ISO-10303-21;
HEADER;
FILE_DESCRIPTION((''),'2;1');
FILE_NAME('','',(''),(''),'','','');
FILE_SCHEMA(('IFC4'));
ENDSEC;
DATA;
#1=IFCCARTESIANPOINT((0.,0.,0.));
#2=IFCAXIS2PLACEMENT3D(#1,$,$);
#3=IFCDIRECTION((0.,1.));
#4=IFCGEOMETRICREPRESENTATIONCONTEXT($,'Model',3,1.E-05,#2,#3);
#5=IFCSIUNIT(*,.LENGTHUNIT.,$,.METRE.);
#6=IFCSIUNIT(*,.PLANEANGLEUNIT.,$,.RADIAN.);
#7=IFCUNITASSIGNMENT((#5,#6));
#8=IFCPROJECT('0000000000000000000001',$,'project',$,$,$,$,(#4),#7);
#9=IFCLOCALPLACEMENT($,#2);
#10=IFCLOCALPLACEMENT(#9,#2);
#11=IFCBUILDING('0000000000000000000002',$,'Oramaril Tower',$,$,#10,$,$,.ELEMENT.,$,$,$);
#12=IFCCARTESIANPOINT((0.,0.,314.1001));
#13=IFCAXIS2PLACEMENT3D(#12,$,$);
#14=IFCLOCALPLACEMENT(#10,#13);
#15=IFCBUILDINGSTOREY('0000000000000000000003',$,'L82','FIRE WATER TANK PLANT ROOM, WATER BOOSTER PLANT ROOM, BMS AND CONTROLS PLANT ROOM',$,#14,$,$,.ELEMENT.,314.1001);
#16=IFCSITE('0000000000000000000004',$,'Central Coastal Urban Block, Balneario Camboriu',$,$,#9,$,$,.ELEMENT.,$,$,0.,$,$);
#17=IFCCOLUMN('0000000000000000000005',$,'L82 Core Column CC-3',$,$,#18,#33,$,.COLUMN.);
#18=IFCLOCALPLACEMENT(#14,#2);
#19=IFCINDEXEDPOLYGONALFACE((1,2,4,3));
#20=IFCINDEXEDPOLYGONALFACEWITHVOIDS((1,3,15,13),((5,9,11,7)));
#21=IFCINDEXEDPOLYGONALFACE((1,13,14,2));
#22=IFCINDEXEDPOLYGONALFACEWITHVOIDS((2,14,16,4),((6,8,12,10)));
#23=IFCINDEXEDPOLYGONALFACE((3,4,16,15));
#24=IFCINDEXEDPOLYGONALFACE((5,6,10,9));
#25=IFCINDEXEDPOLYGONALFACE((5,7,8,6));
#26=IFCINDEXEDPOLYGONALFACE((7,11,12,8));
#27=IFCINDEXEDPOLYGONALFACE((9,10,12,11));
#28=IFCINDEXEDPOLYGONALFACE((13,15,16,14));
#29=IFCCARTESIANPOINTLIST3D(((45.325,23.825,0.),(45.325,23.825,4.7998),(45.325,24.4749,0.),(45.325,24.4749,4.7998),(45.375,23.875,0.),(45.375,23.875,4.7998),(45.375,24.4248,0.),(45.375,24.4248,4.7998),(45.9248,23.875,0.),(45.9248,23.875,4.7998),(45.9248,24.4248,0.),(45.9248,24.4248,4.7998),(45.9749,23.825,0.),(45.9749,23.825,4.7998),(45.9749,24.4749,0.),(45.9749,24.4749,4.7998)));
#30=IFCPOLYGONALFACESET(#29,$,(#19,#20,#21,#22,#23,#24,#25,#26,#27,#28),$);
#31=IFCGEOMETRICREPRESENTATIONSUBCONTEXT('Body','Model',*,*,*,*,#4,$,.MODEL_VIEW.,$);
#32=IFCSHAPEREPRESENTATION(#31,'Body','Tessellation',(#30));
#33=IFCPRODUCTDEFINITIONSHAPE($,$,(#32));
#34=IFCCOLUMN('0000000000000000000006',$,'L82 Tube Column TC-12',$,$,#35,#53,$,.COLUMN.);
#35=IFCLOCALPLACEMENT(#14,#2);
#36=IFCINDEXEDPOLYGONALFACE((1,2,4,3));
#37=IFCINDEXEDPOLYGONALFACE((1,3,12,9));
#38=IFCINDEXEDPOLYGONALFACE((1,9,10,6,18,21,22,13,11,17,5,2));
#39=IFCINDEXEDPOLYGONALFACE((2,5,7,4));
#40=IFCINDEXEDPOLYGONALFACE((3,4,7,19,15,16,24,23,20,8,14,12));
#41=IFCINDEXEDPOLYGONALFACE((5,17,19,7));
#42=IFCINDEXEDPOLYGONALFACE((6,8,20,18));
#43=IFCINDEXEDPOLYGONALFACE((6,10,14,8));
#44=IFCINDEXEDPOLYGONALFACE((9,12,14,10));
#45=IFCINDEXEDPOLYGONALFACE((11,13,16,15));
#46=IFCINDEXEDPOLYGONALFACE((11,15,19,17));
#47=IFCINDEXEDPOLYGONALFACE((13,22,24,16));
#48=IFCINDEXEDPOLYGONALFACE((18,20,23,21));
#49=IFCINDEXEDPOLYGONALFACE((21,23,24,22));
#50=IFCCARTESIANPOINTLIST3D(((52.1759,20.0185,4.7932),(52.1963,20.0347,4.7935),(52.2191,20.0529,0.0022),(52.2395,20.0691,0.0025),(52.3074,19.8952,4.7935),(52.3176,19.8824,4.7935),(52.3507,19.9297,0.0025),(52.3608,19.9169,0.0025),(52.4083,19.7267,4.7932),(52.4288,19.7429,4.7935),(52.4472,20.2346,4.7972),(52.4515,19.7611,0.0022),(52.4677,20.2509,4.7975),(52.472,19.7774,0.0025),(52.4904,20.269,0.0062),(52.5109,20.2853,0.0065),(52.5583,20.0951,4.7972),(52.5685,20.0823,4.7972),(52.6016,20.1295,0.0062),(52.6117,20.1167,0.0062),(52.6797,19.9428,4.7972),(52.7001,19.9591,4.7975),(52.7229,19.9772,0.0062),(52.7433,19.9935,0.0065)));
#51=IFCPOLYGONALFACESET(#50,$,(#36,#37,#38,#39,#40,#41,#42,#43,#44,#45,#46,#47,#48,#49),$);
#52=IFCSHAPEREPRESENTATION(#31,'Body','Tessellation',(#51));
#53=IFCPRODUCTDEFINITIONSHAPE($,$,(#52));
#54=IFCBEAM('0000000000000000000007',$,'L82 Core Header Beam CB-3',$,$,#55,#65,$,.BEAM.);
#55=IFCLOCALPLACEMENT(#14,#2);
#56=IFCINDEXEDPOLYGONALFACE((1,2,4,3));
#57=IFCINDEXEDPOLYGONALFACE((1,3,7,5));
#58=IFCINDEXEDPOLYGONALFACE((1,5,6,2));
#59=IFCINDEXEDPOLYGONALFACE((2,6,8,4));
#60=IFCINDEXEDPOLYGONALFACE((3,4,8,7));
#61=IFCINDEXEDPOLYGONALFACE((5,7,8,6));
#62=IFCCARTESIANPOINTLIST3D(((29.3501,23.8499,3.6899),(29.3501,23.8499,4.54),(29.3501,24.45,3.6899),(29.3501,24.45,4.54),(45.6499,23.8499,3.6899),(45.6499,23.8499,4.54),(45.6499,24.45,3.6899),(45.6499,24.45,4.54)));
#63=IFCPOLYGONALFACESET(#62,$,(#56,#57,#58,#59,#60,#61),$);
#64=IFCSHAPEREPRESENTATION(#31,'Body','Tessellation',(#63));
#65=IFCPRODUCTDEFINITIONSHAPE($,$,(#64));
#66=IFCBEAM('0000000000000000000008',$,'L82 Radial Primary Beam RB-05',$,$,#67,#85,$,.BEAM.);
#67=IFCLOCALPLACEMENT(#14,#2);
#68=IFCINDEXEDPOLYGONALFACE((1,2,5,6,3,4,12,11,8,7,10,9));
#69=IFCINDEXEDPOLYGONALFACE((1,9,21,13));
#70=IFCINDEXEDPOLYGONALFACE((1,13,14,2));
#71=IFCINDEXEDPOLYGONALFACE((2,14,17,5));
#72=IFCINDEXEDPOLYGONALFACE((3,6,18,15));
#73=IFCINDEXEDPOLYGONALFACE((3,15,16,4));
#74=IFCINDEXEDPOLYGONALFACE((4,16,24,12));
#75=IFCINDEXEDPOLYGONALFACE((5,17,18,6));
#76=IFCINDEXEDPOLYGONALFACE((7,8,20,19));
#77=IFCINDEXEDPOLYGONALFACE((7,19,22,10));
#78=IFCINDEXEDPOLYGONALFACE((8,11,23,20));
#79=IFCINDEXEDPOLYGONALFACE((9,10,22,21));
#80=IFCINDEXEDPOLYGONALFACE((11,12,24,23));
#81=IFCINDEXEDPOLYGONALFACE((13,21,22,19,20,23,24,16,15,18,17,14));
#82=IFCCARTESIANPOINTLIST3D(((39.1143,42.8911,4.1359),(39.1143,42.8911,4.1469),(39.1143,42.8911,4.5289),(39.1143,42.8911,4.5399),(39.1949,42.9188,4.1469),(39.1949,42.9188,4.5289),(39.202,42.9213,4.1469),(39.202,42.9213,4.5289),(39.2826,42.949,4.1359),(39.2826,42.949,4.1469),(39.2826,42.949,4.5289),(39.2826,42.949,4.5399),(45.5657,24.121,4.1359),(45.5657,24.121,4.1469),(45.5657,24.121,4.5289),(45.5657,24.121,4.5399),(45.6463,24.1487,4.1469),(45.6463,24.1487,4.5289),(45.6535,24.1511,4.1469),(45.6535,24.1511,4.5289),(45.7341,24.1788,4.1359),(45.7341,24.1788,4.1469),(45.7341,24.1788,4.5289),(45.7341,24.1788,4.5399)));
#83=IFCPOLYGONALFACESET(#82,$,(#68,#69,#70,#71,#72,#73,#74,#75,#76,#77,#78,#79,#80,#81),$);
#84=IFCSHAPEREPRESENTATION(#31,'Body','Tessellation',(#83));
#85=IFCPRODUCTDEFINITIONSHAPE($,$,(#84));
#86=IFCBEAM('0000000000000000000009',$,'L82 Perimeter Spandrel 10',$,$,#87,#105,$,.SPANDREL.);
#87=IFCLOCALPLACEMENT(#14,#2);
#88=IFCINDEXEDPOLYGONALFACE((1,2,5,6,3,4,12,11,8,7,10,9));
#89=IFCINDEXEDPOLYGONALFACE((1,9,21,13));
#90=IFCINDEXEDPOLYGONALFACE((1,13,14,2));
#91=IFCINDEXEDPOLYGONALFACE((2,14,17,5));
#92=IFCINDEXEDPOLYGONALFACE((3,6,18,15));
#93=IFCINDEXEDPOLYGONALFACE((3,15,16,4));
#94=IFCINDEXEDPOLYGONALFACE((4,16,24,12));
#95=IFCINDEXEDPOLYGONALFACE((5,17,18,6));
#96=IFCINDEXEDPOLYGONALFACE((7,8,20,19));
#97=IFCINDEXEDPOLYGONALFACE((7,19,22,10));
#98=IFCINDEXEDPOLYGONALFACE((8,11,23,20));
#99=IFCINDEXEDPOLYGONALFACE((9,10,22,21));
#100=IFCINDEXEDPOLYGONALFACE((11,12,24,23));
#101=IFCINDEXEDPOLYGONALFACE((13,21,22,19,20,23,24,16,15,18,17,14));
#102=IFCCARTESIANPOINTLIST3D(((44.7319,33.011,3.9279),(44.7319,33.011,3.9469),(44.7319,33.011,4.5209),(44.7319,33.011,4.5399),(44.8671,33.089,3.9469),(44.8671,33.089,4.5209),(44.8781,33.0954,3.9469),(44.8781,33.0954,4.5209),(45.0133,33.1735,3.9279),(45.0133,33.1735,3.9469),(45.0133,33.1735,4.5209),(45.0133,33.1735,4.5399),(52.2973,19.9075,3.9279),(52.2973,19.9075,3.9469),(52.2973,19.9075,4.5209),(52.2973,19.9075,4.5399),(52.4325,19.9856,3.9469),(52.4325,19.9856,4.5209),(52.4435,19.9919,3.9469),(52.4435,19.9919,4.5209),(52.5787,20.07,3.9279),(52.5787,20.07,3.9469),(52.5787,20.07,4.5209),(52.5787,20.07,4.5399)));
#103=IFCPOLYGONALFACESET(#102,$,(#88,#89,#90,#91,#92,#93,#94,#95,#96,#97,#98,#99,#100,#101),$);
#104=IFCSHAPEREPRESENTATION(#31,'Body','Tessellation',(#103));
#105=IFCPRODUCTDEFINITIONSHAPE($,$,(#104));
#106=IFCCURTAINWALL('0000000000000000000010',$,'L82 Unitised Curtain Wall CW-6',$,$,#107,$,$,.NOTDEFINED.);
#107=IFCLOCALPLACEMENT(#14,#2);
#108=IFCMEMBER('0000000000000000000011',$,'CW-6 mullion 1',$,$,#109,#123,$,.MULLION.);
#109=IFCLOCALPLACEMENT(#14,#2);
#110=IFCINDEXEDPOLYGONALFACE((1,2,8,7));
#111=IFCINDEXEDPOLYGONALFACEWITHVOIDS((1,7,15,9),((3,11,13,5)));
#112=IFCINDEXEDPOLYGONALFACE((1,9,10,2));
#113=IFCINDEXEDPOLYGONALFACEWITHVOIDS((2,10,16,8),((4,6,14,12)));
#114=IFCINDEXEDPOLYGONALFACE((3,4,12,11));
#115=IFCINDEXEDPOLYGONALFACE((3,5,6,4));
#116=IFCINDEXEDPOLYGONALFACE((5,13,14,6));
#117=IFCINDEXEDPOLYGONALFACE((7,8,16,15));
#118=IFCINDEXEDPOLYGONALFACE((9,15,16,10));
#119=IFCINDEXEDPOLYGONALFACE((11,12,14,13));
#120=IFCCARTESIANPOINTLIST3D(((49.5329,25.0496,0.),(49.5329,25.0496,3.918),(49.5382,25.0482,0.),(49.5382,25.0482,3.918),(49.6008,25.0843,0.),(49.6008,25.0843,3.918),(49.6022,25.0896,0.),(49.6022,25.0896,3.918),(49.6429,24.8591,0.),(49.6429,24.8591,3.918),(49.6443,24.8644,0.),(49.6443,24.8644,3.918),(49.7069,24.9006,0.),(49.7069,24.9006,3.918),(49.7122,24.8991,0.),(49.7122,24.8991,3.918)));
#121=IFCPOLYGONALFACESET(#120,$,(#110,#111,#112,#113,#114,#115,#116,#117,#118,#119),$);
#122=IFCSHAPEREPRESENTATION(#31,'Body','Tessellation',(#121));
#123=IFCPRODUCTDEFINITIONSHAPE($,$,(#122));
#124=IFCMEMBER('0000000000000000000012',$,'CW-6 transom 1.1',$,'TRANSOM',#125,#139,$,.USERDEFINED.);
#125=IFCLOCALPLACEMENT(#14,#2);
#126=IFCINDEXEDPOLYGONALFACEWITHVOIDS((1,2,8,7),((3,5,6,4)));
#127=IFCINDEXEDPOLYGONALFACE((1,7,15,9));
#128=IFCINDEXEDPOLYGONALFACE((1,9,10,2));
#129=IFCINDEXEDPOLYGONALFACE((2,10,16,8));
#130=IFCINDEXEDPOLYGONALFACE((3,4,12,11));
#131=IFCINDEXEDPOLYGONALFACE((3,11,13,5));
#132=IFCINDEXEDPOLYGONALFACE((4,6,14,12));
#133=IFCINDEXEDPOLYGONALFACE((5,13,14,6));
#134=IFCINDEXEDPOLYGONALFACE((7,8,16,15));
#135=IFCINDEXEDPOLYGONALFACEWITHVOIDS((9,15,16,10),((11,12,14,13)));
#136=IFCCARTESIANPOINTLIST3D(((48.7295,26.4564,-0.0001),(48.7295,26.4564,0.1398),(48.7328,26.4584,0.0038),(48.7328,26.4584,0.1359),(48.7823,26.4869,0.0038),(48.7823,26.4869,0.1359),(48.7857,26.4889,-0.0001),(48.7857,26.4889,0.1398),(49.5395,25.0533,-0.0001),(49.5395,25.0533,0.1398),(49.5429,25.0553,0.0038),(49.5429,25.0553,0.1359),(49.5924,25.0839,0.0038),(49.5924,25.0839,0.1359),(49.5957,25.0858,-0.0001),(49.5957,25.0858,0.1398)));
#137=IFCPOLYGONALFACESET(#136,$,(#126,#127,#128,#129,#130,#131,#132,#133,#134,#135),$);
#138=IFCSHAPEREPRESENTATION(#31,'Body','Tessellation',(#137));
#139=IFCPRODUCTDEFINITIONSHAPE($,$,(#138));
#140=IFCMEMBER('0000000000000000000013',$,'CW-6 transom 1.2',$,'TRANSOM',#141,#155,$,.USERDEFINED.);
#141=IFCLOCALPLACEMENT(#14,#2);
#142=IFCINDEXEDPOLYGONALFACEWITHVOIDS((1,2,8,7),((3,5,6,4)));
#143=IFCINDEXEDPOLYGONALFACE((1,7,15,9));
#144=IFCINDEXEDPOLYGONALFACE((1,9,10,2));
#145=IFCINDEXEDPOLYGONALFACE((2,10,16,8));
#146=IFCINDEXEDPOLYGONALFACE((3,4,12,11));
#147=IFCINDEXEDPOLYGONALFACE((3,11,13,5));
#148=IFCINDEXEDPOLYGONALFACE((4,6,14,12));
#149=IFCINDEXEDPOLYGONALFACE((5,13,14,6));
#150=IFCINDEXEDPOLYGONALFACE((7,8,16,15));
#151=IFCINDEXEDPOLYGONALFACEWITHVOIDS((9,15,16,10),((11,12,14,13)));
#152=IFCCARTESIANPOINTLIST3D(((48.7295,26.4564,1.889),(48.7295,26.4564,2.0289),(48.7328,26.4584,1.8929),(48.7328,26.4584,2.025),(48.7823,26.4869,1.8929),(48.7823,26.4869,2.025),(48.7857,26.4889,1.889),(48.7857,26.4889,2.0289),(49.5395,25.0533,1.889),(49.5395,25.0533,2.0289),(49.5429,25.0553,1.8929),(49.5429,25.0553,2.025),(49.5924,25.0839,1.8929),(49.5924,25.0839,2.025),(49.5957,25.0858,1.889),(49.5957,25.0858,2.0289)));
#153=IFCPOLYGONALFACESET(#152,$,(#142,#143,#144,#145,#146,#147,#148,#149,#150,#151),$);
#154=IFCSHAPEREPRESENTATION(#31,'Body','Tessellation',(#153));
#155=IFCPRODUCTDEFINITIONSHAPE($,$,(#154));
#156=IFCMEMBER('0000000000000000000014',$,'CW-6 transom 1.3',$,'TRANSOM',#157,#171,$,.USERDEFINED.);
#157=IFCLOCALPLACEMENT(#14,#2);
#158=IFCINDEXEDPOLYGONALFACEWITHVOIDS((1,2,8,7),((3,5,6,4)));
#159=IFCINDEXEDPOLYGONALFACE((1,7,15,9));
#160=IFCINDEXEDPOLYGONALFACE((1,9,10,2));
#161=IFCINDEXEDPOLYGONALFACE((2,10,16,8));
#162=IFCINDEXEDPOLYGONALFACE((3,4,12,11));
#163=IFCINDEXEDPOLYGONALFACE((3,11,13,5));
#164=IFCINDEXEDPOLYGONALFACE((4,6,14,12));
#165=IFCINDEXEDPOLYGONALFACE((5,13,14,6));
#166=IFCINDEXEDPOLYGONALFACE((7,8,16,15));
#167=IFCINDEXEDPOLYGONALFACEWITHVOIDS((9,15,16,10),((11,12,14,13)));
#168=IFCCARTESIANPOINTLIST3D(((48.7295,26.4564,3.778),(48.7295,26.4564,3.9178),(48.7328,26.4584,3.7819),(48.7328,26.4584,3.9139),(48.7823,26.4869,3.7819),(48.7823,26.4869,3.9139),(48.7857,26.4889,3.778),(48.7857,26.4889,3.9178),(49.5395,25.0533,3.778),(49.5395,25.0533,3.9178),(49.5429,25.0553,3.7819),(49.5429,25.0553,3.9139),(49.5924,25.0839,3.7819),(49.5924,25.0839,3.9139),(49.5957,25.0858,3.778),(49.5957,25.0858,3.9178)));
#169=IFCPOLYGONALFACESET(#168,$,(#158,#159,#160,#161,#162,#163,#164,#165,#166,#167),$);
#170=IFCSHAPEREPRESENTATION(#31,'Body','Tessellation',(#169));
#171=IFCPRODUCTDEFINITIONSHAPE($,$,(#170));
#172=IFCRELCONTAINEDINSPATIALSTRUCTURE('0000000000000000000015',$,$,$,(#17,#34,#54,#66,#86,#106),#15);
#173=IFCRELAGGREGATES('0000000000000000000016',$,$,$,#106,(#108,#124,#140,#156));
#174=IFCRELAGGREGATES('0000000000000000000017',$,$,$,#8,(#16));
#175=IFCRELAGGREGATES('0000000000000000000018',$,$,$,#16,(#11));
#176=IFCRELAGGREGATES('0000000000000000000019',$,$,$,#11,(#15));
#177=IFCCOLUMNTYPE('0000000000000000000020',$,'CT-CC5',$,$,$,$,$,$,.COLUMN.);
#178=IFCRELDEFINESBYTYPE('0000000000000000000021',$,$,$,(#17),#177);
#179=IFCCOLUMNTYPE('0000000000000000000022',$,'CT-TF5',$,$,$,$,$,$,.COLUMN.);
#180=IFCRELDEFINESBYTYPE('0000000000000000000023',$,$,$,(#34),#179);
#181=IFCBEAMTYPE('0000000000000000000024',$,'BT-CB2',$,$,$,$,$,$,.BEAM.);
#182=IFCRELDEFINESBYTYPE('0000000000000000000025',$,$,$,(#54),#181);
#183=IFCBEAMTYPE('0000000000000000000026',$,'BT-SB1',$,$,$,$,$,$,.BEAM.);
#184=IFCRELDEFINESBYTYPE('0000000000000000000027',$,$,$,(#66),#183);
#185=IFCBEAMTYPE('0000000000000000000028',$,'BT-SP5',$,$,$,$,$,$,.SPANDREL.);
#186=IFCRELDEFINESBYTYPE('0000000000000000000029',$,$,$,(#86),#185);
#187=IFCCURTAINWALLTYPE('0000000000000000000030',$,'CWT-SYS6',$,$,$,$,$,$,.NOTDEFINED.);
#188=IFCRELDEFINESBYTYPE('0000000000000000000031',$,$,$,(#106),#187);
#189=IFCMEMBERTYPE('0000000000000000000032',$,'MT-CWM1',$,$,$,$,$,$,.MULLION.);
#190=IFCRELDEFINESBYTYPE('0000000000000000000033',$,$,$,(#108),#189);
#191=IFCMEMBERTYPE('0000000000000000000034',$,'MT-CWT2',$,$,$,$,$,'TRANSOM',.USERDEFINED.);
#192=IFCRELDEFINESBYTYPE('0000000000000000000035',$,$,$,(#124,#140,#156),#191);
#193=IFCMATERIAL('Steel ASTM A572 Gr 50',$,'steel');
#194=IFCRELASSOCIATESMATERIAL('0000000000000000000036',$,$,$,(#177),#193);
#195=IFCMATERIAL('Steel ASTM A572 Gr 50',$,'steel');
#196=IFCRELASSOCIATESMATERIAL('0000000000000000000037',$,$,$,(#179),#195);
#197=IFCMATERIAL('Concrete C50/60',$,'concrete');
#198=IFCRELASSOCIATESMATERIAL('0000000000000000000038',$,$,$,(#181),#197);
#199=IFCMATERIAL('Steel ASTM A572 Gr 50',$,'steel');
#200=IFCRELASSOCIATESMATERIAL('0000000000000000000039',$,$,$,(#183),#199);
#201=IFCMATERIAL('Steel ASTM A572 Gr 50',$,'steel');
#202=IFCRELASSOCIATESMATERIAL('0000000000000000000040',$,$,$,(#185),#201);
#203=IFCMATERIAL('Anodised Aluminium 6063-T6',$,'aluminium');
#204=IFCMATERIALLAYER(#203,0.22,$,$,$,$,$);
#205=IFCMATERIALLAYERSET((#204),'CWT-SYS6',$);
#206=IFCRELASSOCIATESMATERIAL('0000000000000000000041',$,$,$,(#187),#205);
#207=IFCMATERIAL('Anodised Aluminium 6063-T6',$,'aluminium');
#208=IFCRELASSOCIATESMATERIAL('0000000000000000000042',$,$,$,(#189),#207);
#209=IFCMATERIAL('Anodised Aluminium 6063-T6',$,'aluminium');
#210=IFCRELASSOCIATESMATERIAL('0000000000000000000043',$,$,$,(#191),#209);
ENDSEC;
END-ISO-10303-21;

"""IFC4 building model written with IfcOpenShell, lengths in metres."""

from ifc_helpers import new_model, si_unit, direction, frame, origin, origin_2d, place, context, subcontext, project, spatial, rectangle, hollow_rectangle, i_section, extrude, material, layer, layer_set, material_profile, profile_set, type_object, element, aggregate, save


model = new_model("IFC4")

# Units and contexts
model_context = context("Model", 3, precision=1e-05, world=origin(), true_north=direction((0.0, 1.0)))
body_context = subcontext(model_context, "Body", "Model", "MODEL_VIEW")
ifc_project = project(units=[si_unit("LENGTHUNIT", "METRE"), si_unit("PLANEANGLEUNIT", "RADIAN")], contexts=[model_context])

# Site, building, storey
site_placement = place(None, origin())
site = spatial("IfcSite", under=ifc_project, at=site_placement, Name="Central Coastal Urban Block, Balneario Camboriu", CompositionType="ELEMENT", RefElevation=0.0)
building_placement = place(site_placement, origin())
building = spatial("IfcBuilding", under=site, at=building_placement, Name="Oramaril Tower", CompositionType="ELEMENT")
storey_placement = place(building_placement, frame((0.0, 0.0, 314.1001)))
storey = spatial("IfcBuildingStorey", under=building, at=storey_placement, Name="L82", Description="FIRE WATER TANK PLANT ROOM, WATER BOOSTER PLANT ROOM, BMS AND CONTROLS PLANT ROOM", CompositionType="ELEMENT", Elevation=314.1001)

# Columns
ifc_material_1 = material(Name="Steel ASTM A572 Gr 50", Category="steel")
ifc_material_profile_1 = material_profile(ifc_material_1, hollow_rectangle(XDim=0.6499, YDim=0.6499, WallThickness=0.05, at=origin_2d()), Name="BOX650X650X50")
ifc_profile_set_1 = profile_set([ifc_material_profile_1], Name="Steel ASTM A572 Gr 50")
column_type_1 = type_object("IfcColumnType", Name="CT-CC5", PredefinedType="COLUMN", material=ifc_profile_set_1)
column_1_placement = place(storey_placement, frame((45.6499, 24.1499, 0.0), z_axis=(0.0, 0.0, 1.0), x_axis=(1.0, 0.0, 0.0)))
element("IfcColumn", 1, at=column_1_placement, inside=storey, type_object=column_type_1, Name="L82 Core Column CC-3", PredefinedType="COLUMN", context=body_context, shape_type="SweptSolid", body=[
    extrude(hollow_rectangle(XDim=0.6499, YDim=0.6499, WallThickness=0.05, at=origin_2d()), origin(), (0.0, 0.0, 1.0), 4.7998),
])
ifc_material_2 = material(Name="Steel ASTM A572 Gr 50", Category="steel")
ifc_material_profile_2 = material_profile(ifc_material_2, i_section(OverallWidth=0.373, OverallDepth=0.373, WebThickness=0.0164, FlangeThickness=0.0261, at=origin_2d()), Name="W14X132")
ifc_profile_set_2 = profile_set([ifc_material_profile_2], Name="Steel ASTM A572 Gr 50")
column_type_2 = type_object("IfcColumnType", Name="CT-TF5", PredefinedType="COLUMN", material=ifc_profile_set_2)
column_2_placement = place(storey_placement, frame((52.4812, 20.0232, 0.0044), z_axis=(-0.009019, -0.007185, 0.999934), x_axis=(0.623077, -0.78216, 0.0)))
element("IfcColumn", 2, at=column_2_placement, inside=storey, type_object=column_type_2, Name="L82 Tube Column TC-12", PredefinedType="COLUMN", context=body_context, shape_type="SweptSolid", body=[
    extrude(i_section(OverallWidth=0.373, OverallDepth=0.373, WebThickness=0.0164, FlangeThickness=0.0261, at=origin_2d()), origin(), (0.0, 0.0, 1.0), 4.7913),
])

# Beams
ifc_material_3 = material(Name="Concrete C50/60", Category="concrete")
ifc_material_profile_3 = material_profile(ifc_material_3, rectangle(XDim=0.6001, YDim=0.8501, at=origin_2d()), Name="CB600X850")
ifc_profile_set_3 = profile_set([ifc_material_profile_3], Name="Concrete C50/60")
beam_type_1 = type_object("IfcBeamType", Name="BT-CB2", PredefinedType="BEAM", material=ifc_profile_set_3)
beam_1_placement = place(storey_placement, frame((45.6499, 24.1499, 4.115), z_axis=(-1.0, 0.0, 0.0), x_axis=(0.0, -1.0, 0.0)))
element("IfcBeam", 3, at=beam_1_placement, inside=storey, type_object=beam_type_1, Name="L82 Core Header Beam CB-3", PredefinedType="BEAM", context=body_context, shape_type="SweptSolid", body=[
    extrude(rectangle(XDim=0.6001, YDim=0.8501, at=origin_2d()), origin(), (0.0, 0.0, 1.0), 16.2998),
])
ifc_material_4 = material(Name="Steel ASTM A572 Gr 50", Category="steel")
ifc_material_profile_4 = material_profile(ifc_material_4, i_section(OverallWidth=0.178, OverallDepth=0.4041, WebThickness=0.0076, FlangeThickness=0.011, at=origin_2d()), Name="W16X36")
ifc_profile_set_4 = profile_set([ifc_material_profile_4], Name="Steel ASTM A572 Gr 50")
beam_type_2 = type_object("IfcBeamType", Name="BT-SB1", PredefinedType="BEAM", material=ifc_profile_set_4)
beam_2_placement = place(storey_placement, frame((45.6499, 24.1499, 4.3379), z_axis=(-0.325045, 0.945699, 0.0), x_axis=(-0.945699, -0.325045, 0.0)))
element("IfcBeam", 4, at=beam_2_placement, inside=storey, type_object=beam_type_2, Name="L82 Radial Primary Beam RB-05", PredefinedType="BEAM", context=body_context, shape_type="SweptSolid", body=[
    extrude(i_section(OverallWidth=0.178, OverallDepth=0.4041, WebThickness=0.0076, FlangeThickness=0.011, at=origin_2d()), origin(), (0.0, 0.0, 1.0), 19.8479),
])
ifc_material_5 = material(Name="Steel ASTM A572 Gr 50", Category="steel")
ifc_material_profile_5 = material_profile(ifc_material_5, i_section(OverallWidth=0.325, OverallDepth=0.6121, WebThickness=0.0127, FlangeThickness=0.019, at=origin_2d()), Name="W24X104")
ifc_profile_set_5 = profile_set([ifc_material_profile_5], Name="Steel ASTM A572 Gr 50")
beam_type_3 = type_object("IfcBeamType", Name="BT-SP5", PredefinedType="SPANDREL", material=ifc_profile_set_5)
beam_3_placement = place(storey_placement, frame((52.438, 19.9888, 4.2339), z_axis=(-0.500006, 0.866022, 0.0), x_axis=(-0.866022, -0.500006, 0.0)))
element("IfcBeam", 5, at=beam_3_placement, inside=storey, type_object=beam_type_3, Name="L82 Perimeter Spandrel 10", PredefinedType="SPANDREL", context=body_context, shape_type="SweptSolid", body=[
    extrude(i_section(OverallWidth=0.325, OverallDepth=0.6121, WebThickness=0.0127, FlangeThickness=0.019, at=origin_2d()), origin(), (0.0, 0.0, 1.0), 15.1306),
])

# Curtain wall, members
ifc_material_6 = material(Name="Anodised Aluminium 6063-T6", Category="aluminium")
ifc_layer_1 = layer(ifc_material_6, 0.22)
ifc_layer_set_1 = layer_set([ifc_layer_1], Name="CWT-SYS6")
curtain_wall_type = type_object("IfcCurtainWallType", Name="CWT-SYS6", PredefinedType="NOTDEFINED", material=ifc_layer_set_1)
curtain_wall_placement = place(storey_placement, origin())
curtain_wall = element("IfcCurtainWall", 6, at=curtain_wall_placement, inside=storey, type_object=curtain_wall_type, Name="L82 Unitised Curtain Wall CW-6", PredefinedType="NOTDEFINED")
ifc_material_7 = material(Name="Anodised Aluminium 6063-T6", Category="aluminium")
ifc_material_profile_6 = material_profile(ifc_material_7, hollow_rectangle(XDim=0.0801, YDim=0.22, WallThickness=0.0039, at=origin_2d()), Name="CWM220X80")
ifc_profile_set_6 = profile_set([ifc_material_profile_6], Name="Anodised Aluminium 6063-T6")
member_type_1 = type_object("IfcMemberType", Name="MT-CWM1", PredefinedType="MULLION", material=ifc_profile_set_6)
member_1_placement = place(storey_placement, frame((49.6226, 24.9744, 0.0), z_axis=(0.0, 0.0, 1.0), x_axis=(-0.866025, -0.5, 0.0)))
member_1 = element("IfcMember", 7, at=member_1_placement, type_object=member_type_1, Name="CW-6 mullion 1", PredefinedType="MULLION", context=body_context, shape_type="SweptSolid", body=[
    extrude(hollow_rectangle(XDim=0.0801, YDim=0.22, WallThickness=0.0039, at=origin_2d()), origin(), (0.0, 0.0, 1.0), 3.918),
])
ifc_material_8 = material(Name="Anodised Aluminium 6063-T6", Category="aluminium")
ifc_material_profile_7 = material_profile(ifc_material_8, hollow_rectangle(XDim=0.0649, YDim=0.1399, WallThickness=0.0039, at=origin_2d()), Name="CWT140X65")
ifc_profile_set_7 = profile_set([ifc_material_profile_7], Name="Anodised Aluminium 6063-T6")
member_type_2 = type_object("IfcMemberType", Name="MT-CWT2", ElementType="TRANSOM", PredefinedType="USERDEFINED", material=ifc_profile_set_7)
member_2_placement = place(storey_placement, frame((49.5676, 25.0696, 0.0698), z_axis=(-0.499996, 0.866027, 0.0), x_axis=(-0.866027, -0.499996, 0.0)))
member_2 = element("IfcMember", 8, at=member_2_placement, type_object=member_type_2, Name="CW-6 transom 1.1", ObjectType="TRANSOM", PredefinedType="USERDEFINED", context=body_context, shape_type="SweptSolid", body=[
    extrude(hollow_rectangle(XDim=0.0649, YDim=0.1399, WallThickness=0.0039, at=origin_2d()), origin(), (0.0, 0.0, 1.0), 1.6201),
])
member_3_placement = place(storey_placement, frame((49.5676, 25.0696, 1.959), z_axis=(-0.499996, 0.866027, 0.0), x_axis=(-0.866027, -0.499996, 0.0)))
member_3 = element("IfcMember", 9, at=member_3_placement, type_object=member_type_2, Name="CW-6 transom 1.2", ObjectType="TRANSOM", PredefinedType="USERDEFINED", context=body_context, shape_type="SweptSolid", body=[
    extrude(hollow_rectangle(XDim=0.0649, YDim=0.1399, WallThickness=0.0039, at=origin_2d()), origin(), (0.0, 0.0, 1.0), 1.6201),
])
member_4_placement = place(storey_placement, frame((49.5676, 25.0696, 3.8479), z_axis=(-0.499996, 0.866027, 0.0), x_axis=(-0.866027, -0.499996, 0.0)))
member_4 = element("IfcMember", 10, at=member_4_placement, type_object=member_type_2, Name="CW-6 transom 1.3", ObjectType="TRANSOM", PredefinedType="USERDEFINED", context=body_context, shape_type="SweptSolid", body=[
    extrude(hollow_rectangle(XDim=0.0649, YDim=0.1399, WallThickness=0.0039, at=origin_2d()), origin(), (0.0, 0.0, 1.0), 1.6201),
])
aggregate(curtain_wall, [member_1, member_2, member_3, member_4])

save(model, "model.ifc")
